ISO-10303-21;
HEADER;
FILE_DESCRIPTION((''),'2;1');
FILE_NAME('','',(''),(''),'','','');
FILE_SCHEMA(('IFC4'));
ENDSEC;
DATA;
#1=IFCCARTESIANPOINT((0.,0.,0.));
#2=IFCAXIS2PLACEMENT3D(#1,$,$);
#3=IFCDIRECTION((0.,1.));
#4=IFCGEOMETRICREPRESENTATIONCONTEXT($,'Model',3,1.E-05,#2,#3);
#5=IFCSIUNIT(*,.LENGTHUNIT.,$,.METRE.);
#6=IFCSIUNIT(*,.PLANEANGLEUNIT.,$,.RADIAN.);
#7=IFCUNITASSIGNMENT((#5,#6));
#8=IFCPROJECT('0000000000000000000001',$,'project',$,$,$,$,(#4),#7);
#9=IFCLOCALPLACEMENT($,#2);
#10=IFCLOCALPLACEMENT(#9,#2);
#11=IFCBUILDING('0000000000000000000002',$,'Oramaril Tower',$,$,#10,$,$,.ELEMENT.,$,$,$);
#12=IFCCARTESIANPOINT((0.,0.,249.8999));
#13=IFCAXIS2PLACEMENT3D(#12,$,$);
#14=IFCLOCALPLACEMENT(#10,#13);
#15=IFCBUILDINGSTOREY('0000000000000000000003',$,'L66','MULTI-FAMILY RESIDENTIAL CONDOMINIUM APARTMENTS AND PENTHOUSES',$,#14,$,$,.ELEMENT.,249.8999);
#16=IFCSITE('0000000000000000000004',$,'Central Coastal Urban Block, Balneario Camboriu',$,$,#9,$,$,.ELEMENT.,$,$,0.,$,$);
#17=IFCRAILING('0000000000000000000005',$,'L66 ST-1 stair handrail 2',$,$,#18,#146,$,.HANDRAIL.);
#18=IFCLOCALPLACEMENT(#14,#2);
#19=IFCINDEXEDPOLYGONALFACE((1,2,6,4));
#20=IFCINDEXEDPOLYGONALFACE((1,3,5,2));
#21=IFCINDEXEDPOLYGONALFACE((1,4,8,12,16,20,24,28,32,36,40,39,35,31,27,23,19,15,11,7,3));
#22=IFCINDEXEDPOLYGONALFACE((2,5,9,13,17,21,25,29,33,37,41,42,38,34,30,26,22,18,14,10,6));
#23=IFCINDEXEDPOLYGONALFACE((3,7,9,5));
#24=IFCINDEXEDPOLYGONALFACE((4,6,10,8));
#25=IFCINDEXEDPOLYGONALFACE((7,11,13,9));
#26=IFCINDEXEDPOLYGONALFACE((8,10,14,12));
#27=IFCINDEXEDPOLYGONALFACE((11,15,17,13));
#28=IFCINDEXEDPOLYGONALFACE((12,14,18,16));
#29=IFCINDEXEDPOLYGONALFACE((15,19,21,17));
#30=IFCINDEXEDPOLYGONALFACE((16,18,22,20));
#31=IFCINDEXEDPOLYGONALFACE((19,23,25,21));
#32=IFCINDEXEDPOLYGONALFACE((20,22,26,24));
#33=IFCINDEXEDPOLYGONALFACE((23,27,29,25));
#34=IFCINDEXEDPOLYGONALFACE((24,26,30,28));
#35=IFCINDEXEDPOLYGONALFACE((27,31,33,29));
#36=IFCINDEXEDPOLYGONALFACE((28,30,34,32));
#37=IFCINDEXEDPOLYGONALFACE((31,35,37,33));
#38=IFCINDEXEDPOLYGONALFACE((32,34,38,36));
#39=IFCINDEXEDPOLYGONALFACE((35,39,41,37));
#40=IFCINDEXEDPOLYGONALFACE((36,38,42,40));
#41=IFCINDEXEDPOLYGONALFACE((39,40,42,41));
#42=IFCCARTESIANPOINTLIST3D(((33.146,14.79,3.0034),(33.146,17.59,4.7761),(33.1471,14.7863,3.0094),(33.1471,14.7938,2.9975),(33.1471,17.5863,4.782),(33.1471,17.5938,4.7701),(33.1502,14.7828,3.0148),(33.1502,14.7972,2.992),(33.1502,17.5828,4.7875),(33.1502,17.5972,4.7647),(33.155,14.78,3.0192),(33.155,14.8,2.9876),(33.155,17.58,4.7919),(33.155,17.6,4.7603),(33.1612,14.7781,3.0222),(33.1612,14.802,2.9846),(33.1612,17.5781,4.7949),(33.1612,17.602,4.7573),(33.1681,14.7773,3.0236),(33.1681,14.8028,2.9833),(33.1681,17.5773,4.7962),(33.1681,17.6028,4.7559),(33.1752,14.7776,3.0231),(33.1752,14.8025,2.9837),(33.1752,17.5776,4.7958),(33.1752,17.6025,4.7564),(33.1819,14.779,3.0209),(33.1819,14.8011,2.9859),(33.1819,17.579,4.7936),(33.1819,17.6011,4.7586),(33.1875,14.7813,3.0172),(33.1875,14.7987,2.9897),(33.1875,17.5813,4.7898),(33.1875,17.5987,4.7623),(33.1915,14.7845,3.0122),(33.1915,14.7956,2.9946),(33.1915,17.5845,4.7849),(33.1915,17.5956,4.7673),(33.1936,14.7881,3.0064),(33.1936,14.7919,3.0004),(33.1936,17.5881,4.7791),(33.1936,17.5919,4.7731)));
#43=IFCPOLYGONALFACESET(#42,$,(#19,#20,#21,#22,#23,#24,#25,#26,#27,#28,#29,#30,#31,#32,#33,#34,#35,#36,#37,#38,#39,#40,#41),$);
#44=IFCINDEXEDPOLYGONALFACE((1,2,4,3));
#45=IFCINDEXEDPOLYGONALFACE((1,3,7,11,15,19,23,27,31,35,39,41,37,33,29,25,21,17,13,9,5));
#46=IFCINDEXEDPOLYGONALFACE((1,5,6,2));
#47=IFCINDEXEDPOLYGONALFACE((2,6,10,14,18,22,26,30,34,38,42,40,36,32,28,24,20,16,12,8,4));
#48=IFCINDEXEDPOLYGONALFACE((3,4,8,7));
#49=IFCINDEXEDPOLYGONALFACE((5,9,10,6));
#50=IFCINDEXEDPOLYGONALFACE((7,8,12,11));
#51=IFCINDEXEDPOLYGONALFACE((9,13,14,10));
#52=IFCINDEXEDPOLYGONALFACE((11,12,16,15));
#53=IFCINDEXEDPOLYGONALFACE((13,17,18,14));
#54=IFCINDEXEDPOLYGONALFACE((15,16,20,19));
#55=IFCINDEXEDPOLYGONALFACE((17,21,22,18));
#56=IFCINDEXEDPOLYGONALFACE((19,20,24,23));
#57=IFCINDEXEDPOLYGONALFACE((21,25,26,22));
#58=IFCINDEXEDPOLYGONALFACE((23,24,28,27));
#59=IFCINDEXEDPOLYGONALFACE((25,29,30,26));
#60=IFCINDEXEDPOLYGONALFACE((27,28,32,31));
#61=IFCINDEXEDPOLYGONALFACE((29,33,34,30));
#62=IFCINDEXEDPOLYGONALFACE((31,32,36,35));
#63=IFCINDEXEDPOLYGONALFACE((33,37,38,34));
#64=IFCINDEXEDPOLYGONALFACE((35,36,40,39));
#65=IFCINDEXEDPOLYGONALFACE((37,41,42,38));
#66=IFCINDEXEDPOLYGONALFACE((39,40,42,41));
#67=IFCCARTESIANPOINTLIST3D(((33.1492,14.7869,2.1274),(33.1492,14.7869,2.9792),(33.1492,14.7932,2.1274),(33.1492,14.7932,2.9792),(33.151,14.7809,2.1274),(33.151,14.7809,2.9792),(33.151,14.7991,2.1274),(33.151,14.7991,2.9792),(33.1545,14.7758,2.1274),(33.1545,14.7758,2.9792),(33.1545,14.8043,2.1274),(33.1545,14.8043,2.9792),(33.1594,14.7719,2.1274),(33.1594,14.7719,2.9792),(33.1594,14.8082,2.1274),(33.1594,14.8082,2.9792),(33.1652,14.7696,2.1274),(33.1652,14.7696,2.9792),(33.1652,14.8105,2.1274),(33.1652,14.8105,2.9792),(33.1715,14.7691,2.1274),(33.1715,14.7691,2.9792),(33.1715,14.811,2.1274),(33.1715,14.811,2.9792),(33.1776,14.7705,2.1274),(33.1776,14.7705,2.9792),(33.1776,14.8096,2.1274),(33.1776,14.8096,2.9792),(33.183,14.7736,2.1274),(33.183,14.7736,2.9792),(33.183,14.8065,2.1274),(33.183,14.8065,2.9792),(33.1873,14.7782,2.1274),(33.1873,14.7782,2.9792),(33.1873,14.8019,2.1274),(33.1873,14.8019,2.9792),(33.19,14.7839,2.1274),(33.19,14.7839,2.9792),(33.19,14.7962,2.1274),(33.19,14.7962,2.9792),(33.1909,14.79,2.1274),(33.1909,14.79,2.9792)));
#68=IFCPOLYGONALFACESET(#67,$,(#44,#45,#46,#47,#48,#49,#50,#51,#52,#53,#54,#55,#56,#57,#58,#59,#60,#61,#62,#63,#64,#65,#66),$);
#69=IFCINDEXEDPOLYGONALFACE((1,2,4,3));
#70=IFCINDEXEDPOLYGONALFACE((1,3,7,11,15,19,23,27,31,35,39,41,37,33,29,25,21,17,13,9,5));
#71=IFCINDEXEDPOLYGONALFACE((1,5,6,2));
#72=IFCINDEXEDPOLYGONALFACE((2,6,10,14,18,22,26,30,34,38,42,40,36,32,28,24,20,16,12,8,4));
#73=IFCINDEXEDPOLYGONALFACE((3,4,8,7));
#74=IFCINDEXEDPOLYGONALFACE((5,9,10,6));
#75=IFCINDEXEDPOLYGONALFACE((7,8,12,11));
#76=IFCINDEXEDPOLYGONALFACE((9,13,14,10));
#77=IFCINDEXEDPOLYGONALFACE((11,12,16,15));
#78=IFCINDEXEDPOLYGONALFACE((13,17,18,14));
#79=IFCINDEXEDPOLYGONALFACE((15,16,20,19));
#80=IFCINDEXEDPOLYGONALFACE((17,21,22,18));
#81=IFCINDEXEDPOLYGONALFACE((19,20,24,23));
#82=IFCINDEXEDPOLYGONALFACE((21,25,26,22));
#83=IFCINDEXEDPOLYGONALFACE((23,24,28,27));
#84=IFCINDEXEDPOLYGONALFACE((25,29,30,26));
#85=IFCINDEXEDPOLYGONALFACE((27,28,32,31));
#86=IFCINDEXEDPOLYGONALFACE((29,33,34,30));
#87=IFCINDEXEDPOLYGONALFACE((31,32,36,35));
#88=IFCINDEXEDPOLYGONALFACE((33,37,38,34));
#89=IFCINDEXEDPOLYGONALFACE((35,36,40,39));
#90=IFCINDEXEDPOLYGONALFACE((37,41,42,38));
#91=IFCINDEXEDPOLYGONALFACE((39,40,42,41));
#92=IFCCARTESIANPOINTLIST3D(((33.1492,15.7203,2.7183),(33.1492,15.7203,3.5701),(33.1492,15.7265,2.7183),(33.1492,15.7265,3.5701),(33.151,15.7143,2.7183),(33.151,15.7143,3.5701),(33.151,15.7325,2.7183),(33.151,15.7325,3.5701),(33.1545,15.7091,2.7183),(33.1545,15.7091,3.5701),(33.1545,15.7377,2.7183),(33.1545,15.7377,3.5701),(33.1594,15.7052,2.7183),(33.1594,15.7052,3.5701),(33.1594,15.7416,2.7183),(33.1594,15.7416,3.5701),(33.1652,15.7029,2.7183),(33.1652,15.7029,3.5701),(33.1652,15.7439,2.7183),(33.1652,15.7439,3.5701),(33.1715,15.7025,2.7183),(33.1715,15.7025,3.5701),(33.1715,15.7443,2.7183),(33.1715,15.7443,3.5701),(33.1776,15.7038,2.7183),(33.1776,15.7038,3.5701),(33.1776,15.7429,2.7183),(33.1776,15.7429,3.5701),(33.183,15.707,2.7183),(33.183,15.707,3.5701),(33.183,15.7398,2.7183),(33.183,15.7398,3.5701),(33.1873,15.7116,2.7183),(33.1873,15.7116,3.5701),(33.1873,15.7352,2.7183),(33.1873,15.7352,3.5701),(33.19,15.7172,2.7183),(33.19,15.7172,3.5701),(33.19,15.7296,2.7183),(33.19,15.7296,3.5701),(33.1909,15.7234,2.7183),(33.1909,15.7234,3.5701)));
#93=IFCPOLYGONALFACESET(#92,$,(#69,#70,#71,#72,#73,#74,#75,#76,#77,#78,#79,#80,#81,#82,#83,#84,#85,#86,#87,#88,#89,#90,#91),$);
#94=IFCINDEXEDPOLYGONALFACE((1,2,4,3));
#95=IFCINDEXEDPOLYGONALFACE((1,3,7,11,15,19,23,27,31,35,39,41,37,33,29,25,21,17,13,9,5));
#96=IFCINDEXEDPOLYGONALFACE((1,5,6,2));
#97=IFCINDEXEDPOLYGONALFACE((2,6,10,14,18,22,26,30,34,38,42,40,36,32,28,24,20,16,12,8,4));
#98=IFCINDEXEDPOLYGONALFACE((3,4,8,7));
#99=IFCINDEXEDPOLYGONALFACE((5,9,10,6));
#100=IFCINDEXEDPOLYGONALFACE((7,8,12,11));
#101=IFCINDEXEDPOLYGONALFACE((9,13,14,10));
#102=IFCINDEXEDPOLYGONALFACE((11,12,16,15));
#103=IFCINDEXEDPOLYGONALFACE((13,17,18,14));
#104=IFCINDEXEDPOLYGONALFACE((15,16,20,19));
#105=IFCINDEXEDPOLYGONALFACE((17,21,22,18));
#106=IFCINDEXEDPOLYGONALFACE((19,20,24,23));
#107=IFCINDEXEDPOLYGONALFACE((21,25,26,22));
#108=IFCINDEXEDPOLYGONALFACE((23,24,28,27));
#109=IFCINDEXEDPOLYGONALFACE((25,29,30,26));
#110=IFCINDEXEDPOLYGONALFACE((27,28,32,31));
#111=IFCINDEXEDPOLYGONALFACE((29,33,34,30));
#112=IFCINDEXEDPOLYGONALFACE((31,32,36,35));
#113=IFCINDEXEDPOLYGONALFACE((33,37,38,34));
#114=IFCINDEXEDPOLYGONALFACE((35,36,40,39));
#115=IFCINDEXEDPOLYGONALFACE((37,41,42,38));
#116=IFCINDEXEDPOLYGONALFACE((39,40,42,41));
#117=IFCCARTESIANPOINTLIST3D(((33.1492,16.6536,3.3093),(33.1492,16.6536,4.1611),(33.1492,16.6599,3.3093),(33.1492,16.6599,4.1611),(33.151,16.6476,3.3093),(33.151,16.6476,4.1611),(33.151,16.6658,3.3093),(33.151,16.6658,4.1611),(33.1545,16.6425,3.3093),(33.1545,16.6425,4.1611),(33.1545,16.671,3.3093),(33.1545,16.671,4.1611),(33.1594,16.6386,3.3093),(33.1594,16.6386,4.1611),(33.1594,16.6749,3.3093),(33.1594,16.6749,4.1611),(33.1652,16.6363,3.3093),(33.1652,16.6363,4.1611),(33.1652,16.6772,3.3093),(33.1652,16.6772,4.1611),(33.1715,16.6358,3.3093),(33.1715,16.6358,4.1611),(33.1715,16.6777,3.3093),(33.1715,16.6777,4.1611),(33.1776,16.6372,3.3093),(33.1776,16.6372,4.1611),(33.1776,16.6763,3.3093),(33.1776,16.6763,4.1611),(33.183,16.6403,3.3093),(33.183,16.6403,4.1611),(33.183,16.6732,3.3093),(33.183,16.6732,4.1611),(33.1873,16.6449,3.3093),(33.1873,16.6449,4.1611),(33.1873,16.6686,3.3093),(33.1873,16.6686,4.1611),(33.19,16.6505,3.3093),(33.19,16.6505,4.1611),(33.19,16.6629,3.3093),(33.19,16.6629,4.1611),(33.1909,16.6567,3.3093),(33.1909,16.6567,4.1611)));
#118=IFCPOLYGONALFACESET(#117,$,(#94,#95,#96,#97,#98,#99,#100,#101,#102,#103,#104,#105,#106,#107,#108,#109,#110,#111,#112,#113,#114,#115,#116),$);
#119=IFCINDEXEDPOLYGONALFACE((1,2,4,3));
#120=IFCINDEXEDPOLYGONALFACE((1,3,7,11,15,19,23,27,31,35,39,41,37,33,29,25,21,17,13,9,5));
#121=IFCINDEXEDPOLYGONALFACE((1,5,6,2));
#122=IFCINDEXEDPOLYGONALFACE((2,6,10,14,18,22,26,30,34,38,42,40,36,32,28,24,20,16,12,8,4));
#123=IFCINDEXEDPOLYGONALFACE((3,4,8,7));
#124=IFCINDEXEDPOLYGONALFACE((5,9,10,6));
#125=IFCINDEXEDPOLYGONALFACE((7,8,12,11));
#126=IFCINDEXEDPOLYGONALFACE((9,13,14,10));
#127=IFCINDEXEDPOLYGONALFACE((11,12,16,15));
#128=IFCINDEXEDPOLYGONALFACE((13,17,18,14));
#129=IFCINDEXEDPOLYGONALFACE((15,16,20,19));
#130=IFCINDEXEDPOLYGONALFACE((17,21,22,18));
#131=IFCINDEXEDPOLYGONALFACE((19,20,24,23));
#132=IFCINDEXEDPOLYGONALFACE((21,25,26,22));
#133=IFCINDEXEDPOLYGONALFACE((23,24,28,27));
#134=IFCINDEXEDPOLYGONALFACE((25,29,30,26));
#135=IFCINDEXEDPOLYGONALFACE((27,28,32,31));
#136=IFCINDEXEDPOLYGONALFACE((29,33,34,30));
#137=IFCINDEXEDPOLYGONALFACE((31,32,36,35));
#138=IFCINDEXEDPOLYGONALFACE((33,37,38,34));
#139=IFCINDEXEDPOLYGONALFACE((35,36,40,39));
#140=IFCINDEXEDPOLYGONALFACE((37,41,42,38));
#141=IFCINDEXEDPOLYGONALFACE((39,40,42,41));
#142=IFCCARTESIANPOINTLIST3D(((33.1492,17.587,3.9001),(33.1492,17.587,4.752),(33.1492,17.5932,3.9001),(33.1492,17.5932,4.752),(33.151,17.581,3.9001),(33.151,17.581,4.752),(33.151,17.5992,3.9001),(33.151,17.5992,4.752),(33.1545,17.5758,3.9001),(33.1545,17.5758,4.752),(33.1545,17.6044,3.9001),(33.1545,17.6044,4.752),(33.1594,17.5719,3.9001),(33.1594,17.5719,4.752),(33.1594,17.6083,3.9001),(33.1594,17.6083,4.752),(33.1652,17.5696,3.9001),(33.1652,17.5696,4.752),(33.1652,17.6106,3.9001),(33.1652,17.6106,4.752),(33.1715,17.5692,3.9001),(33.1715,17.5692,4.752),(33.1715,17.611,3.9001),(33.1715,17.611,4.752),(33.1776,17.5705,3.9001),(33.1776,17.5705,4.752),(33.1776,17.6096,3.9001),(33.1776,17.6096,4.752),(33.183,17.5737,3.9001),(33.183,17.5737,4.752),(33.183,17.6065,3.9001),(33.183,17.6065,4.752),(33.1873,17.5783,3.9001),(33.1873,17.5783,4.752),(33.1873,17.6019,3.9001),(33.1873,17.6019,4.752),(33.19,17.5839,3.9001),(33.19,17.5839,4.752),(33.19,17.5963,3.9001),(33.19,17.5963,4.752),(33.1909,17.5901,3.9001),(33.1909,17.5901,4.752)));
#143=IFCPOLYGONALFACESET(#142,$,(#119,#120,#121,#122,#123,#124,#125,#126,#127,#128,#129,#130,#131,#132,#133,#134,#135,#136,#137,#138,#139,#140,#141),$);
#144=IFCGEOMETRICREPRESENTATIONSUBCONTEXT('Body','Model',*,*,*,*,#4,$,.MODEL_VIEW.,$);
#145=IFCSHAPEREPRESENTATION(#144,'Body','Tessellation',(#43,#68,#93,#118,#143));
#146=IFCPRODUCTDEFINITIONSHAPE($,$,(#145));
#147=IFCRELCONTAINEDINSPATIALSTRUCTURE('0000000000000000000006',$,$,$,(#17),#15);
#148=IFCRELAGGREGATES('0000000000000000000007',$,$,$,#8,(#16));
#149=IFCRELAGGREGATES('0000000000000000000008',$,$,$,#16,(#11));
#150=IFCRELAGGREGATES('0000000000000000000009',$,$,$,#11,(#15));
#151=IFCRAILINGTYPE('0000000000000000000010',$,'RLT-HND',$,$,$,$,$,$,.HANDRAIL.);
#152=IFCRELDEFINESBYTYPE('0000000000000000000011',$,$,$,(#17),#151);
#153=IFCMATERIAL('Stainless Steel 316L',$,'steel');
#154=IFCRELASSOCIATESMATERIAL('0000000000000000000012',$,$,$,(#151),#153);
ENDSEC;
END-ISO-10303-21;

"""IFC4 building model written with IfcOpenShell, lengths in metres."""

from ifc_helpers import new_model, si_unit, direction, frame, origin, origin_2d, place, context, subcontext, project, spatial, circle, extrude, material, type_object, element, save


model = new_model("IFC4")

# Units and contexts
model_context = context("Model", 3, precision=1e-05, world=origin(), true_north=direction((0.0, 1.0)))
body_context = subcontext(model_context, "Body", "Model", "MODEL_VIEW")
ifc_project = project(units=[si_unit("LENGTHUNIT", "METRE"), si_unit("PLANEANGLEUNIT", "RADIAN")], contexts=[model_context])

# Site, building, storey
site_placement = place(None, origin())
site = spatial("IfcSite", under=ifc_project, at=site_placement, Name="Central Coastal Urban Block, Balneario Camboriu", CompositionType="ELEMENT", RefElevation=0.0)
building_placement = place(site_placement, origin())
building = spatial("IfcBuilding", under=site, at=building_placement, Name="Oramaril Tower", CompositionType="ELEMENT")
storey_placement = place(building_placement, frame((0.0, 0.0, 249.8999)))
storey = spatial("IfcBuildingStorey", under=building, at=storey_placement, Name="L66", Description="MULTI-FAMILY RESIDENTIAL CONDOMINIUM APARTMENTS AND PENTHOUSES", CompositionType="ELEMENT", Elevation=249.8999)

# Railing
ifc_material_1 = material(Name="Stainless Steel 316L", Category="steel")
railing_type_1 = type_object("IfcRailingType", Name="RLT-HND", PredefinedType="HANDRAIL", material=ifc_material_1)
railing_1_placement = place(storey_placement, frame((33.1699, 14.79, 2.1274)))
element("IfcRailing", 1, at=railing_1_placement, inside=storey, type_object=railing_type_1, Name="L66 ST-1 stair handrail 2", PredefinedType="HANDRAIL", context=body_context, shape_type="SweptSolid", body=[
    extrude(circle(Radius=0.0239, at=origin_2d()), frame((0.0, 0.0, 0.876), z_axis=(0.0, 0.844909, 0.53491), x_axis=(-1.0, 0.0, 0.0)), (0.0, 0.0, 1.0), 3.314),
    extrude(circle(Radius=0.021, at=origin_2d()), origin(), (0.0, 0.0, 1.0), 0.8518),
    extrude(circle(Radius=0.021, at=origin_2d()), frame((0.0, 0.9333, 0.5908)), (0.0, 0.0, 1.0), 0.8518),
    extrude(circle(Radius=0.021, at=origin_2d()), frame((0.0, 1.8667, 1.1819)), (0.0, 0.0, 1.0), 0.8518),
    extrude(circle(Radius=0.021, at=origin_2d()), frame((0.0, 2.8, 1.7727)), (0.0, 0.0, 1.0), 0.8518),
])

save(model, "model.ifc")
